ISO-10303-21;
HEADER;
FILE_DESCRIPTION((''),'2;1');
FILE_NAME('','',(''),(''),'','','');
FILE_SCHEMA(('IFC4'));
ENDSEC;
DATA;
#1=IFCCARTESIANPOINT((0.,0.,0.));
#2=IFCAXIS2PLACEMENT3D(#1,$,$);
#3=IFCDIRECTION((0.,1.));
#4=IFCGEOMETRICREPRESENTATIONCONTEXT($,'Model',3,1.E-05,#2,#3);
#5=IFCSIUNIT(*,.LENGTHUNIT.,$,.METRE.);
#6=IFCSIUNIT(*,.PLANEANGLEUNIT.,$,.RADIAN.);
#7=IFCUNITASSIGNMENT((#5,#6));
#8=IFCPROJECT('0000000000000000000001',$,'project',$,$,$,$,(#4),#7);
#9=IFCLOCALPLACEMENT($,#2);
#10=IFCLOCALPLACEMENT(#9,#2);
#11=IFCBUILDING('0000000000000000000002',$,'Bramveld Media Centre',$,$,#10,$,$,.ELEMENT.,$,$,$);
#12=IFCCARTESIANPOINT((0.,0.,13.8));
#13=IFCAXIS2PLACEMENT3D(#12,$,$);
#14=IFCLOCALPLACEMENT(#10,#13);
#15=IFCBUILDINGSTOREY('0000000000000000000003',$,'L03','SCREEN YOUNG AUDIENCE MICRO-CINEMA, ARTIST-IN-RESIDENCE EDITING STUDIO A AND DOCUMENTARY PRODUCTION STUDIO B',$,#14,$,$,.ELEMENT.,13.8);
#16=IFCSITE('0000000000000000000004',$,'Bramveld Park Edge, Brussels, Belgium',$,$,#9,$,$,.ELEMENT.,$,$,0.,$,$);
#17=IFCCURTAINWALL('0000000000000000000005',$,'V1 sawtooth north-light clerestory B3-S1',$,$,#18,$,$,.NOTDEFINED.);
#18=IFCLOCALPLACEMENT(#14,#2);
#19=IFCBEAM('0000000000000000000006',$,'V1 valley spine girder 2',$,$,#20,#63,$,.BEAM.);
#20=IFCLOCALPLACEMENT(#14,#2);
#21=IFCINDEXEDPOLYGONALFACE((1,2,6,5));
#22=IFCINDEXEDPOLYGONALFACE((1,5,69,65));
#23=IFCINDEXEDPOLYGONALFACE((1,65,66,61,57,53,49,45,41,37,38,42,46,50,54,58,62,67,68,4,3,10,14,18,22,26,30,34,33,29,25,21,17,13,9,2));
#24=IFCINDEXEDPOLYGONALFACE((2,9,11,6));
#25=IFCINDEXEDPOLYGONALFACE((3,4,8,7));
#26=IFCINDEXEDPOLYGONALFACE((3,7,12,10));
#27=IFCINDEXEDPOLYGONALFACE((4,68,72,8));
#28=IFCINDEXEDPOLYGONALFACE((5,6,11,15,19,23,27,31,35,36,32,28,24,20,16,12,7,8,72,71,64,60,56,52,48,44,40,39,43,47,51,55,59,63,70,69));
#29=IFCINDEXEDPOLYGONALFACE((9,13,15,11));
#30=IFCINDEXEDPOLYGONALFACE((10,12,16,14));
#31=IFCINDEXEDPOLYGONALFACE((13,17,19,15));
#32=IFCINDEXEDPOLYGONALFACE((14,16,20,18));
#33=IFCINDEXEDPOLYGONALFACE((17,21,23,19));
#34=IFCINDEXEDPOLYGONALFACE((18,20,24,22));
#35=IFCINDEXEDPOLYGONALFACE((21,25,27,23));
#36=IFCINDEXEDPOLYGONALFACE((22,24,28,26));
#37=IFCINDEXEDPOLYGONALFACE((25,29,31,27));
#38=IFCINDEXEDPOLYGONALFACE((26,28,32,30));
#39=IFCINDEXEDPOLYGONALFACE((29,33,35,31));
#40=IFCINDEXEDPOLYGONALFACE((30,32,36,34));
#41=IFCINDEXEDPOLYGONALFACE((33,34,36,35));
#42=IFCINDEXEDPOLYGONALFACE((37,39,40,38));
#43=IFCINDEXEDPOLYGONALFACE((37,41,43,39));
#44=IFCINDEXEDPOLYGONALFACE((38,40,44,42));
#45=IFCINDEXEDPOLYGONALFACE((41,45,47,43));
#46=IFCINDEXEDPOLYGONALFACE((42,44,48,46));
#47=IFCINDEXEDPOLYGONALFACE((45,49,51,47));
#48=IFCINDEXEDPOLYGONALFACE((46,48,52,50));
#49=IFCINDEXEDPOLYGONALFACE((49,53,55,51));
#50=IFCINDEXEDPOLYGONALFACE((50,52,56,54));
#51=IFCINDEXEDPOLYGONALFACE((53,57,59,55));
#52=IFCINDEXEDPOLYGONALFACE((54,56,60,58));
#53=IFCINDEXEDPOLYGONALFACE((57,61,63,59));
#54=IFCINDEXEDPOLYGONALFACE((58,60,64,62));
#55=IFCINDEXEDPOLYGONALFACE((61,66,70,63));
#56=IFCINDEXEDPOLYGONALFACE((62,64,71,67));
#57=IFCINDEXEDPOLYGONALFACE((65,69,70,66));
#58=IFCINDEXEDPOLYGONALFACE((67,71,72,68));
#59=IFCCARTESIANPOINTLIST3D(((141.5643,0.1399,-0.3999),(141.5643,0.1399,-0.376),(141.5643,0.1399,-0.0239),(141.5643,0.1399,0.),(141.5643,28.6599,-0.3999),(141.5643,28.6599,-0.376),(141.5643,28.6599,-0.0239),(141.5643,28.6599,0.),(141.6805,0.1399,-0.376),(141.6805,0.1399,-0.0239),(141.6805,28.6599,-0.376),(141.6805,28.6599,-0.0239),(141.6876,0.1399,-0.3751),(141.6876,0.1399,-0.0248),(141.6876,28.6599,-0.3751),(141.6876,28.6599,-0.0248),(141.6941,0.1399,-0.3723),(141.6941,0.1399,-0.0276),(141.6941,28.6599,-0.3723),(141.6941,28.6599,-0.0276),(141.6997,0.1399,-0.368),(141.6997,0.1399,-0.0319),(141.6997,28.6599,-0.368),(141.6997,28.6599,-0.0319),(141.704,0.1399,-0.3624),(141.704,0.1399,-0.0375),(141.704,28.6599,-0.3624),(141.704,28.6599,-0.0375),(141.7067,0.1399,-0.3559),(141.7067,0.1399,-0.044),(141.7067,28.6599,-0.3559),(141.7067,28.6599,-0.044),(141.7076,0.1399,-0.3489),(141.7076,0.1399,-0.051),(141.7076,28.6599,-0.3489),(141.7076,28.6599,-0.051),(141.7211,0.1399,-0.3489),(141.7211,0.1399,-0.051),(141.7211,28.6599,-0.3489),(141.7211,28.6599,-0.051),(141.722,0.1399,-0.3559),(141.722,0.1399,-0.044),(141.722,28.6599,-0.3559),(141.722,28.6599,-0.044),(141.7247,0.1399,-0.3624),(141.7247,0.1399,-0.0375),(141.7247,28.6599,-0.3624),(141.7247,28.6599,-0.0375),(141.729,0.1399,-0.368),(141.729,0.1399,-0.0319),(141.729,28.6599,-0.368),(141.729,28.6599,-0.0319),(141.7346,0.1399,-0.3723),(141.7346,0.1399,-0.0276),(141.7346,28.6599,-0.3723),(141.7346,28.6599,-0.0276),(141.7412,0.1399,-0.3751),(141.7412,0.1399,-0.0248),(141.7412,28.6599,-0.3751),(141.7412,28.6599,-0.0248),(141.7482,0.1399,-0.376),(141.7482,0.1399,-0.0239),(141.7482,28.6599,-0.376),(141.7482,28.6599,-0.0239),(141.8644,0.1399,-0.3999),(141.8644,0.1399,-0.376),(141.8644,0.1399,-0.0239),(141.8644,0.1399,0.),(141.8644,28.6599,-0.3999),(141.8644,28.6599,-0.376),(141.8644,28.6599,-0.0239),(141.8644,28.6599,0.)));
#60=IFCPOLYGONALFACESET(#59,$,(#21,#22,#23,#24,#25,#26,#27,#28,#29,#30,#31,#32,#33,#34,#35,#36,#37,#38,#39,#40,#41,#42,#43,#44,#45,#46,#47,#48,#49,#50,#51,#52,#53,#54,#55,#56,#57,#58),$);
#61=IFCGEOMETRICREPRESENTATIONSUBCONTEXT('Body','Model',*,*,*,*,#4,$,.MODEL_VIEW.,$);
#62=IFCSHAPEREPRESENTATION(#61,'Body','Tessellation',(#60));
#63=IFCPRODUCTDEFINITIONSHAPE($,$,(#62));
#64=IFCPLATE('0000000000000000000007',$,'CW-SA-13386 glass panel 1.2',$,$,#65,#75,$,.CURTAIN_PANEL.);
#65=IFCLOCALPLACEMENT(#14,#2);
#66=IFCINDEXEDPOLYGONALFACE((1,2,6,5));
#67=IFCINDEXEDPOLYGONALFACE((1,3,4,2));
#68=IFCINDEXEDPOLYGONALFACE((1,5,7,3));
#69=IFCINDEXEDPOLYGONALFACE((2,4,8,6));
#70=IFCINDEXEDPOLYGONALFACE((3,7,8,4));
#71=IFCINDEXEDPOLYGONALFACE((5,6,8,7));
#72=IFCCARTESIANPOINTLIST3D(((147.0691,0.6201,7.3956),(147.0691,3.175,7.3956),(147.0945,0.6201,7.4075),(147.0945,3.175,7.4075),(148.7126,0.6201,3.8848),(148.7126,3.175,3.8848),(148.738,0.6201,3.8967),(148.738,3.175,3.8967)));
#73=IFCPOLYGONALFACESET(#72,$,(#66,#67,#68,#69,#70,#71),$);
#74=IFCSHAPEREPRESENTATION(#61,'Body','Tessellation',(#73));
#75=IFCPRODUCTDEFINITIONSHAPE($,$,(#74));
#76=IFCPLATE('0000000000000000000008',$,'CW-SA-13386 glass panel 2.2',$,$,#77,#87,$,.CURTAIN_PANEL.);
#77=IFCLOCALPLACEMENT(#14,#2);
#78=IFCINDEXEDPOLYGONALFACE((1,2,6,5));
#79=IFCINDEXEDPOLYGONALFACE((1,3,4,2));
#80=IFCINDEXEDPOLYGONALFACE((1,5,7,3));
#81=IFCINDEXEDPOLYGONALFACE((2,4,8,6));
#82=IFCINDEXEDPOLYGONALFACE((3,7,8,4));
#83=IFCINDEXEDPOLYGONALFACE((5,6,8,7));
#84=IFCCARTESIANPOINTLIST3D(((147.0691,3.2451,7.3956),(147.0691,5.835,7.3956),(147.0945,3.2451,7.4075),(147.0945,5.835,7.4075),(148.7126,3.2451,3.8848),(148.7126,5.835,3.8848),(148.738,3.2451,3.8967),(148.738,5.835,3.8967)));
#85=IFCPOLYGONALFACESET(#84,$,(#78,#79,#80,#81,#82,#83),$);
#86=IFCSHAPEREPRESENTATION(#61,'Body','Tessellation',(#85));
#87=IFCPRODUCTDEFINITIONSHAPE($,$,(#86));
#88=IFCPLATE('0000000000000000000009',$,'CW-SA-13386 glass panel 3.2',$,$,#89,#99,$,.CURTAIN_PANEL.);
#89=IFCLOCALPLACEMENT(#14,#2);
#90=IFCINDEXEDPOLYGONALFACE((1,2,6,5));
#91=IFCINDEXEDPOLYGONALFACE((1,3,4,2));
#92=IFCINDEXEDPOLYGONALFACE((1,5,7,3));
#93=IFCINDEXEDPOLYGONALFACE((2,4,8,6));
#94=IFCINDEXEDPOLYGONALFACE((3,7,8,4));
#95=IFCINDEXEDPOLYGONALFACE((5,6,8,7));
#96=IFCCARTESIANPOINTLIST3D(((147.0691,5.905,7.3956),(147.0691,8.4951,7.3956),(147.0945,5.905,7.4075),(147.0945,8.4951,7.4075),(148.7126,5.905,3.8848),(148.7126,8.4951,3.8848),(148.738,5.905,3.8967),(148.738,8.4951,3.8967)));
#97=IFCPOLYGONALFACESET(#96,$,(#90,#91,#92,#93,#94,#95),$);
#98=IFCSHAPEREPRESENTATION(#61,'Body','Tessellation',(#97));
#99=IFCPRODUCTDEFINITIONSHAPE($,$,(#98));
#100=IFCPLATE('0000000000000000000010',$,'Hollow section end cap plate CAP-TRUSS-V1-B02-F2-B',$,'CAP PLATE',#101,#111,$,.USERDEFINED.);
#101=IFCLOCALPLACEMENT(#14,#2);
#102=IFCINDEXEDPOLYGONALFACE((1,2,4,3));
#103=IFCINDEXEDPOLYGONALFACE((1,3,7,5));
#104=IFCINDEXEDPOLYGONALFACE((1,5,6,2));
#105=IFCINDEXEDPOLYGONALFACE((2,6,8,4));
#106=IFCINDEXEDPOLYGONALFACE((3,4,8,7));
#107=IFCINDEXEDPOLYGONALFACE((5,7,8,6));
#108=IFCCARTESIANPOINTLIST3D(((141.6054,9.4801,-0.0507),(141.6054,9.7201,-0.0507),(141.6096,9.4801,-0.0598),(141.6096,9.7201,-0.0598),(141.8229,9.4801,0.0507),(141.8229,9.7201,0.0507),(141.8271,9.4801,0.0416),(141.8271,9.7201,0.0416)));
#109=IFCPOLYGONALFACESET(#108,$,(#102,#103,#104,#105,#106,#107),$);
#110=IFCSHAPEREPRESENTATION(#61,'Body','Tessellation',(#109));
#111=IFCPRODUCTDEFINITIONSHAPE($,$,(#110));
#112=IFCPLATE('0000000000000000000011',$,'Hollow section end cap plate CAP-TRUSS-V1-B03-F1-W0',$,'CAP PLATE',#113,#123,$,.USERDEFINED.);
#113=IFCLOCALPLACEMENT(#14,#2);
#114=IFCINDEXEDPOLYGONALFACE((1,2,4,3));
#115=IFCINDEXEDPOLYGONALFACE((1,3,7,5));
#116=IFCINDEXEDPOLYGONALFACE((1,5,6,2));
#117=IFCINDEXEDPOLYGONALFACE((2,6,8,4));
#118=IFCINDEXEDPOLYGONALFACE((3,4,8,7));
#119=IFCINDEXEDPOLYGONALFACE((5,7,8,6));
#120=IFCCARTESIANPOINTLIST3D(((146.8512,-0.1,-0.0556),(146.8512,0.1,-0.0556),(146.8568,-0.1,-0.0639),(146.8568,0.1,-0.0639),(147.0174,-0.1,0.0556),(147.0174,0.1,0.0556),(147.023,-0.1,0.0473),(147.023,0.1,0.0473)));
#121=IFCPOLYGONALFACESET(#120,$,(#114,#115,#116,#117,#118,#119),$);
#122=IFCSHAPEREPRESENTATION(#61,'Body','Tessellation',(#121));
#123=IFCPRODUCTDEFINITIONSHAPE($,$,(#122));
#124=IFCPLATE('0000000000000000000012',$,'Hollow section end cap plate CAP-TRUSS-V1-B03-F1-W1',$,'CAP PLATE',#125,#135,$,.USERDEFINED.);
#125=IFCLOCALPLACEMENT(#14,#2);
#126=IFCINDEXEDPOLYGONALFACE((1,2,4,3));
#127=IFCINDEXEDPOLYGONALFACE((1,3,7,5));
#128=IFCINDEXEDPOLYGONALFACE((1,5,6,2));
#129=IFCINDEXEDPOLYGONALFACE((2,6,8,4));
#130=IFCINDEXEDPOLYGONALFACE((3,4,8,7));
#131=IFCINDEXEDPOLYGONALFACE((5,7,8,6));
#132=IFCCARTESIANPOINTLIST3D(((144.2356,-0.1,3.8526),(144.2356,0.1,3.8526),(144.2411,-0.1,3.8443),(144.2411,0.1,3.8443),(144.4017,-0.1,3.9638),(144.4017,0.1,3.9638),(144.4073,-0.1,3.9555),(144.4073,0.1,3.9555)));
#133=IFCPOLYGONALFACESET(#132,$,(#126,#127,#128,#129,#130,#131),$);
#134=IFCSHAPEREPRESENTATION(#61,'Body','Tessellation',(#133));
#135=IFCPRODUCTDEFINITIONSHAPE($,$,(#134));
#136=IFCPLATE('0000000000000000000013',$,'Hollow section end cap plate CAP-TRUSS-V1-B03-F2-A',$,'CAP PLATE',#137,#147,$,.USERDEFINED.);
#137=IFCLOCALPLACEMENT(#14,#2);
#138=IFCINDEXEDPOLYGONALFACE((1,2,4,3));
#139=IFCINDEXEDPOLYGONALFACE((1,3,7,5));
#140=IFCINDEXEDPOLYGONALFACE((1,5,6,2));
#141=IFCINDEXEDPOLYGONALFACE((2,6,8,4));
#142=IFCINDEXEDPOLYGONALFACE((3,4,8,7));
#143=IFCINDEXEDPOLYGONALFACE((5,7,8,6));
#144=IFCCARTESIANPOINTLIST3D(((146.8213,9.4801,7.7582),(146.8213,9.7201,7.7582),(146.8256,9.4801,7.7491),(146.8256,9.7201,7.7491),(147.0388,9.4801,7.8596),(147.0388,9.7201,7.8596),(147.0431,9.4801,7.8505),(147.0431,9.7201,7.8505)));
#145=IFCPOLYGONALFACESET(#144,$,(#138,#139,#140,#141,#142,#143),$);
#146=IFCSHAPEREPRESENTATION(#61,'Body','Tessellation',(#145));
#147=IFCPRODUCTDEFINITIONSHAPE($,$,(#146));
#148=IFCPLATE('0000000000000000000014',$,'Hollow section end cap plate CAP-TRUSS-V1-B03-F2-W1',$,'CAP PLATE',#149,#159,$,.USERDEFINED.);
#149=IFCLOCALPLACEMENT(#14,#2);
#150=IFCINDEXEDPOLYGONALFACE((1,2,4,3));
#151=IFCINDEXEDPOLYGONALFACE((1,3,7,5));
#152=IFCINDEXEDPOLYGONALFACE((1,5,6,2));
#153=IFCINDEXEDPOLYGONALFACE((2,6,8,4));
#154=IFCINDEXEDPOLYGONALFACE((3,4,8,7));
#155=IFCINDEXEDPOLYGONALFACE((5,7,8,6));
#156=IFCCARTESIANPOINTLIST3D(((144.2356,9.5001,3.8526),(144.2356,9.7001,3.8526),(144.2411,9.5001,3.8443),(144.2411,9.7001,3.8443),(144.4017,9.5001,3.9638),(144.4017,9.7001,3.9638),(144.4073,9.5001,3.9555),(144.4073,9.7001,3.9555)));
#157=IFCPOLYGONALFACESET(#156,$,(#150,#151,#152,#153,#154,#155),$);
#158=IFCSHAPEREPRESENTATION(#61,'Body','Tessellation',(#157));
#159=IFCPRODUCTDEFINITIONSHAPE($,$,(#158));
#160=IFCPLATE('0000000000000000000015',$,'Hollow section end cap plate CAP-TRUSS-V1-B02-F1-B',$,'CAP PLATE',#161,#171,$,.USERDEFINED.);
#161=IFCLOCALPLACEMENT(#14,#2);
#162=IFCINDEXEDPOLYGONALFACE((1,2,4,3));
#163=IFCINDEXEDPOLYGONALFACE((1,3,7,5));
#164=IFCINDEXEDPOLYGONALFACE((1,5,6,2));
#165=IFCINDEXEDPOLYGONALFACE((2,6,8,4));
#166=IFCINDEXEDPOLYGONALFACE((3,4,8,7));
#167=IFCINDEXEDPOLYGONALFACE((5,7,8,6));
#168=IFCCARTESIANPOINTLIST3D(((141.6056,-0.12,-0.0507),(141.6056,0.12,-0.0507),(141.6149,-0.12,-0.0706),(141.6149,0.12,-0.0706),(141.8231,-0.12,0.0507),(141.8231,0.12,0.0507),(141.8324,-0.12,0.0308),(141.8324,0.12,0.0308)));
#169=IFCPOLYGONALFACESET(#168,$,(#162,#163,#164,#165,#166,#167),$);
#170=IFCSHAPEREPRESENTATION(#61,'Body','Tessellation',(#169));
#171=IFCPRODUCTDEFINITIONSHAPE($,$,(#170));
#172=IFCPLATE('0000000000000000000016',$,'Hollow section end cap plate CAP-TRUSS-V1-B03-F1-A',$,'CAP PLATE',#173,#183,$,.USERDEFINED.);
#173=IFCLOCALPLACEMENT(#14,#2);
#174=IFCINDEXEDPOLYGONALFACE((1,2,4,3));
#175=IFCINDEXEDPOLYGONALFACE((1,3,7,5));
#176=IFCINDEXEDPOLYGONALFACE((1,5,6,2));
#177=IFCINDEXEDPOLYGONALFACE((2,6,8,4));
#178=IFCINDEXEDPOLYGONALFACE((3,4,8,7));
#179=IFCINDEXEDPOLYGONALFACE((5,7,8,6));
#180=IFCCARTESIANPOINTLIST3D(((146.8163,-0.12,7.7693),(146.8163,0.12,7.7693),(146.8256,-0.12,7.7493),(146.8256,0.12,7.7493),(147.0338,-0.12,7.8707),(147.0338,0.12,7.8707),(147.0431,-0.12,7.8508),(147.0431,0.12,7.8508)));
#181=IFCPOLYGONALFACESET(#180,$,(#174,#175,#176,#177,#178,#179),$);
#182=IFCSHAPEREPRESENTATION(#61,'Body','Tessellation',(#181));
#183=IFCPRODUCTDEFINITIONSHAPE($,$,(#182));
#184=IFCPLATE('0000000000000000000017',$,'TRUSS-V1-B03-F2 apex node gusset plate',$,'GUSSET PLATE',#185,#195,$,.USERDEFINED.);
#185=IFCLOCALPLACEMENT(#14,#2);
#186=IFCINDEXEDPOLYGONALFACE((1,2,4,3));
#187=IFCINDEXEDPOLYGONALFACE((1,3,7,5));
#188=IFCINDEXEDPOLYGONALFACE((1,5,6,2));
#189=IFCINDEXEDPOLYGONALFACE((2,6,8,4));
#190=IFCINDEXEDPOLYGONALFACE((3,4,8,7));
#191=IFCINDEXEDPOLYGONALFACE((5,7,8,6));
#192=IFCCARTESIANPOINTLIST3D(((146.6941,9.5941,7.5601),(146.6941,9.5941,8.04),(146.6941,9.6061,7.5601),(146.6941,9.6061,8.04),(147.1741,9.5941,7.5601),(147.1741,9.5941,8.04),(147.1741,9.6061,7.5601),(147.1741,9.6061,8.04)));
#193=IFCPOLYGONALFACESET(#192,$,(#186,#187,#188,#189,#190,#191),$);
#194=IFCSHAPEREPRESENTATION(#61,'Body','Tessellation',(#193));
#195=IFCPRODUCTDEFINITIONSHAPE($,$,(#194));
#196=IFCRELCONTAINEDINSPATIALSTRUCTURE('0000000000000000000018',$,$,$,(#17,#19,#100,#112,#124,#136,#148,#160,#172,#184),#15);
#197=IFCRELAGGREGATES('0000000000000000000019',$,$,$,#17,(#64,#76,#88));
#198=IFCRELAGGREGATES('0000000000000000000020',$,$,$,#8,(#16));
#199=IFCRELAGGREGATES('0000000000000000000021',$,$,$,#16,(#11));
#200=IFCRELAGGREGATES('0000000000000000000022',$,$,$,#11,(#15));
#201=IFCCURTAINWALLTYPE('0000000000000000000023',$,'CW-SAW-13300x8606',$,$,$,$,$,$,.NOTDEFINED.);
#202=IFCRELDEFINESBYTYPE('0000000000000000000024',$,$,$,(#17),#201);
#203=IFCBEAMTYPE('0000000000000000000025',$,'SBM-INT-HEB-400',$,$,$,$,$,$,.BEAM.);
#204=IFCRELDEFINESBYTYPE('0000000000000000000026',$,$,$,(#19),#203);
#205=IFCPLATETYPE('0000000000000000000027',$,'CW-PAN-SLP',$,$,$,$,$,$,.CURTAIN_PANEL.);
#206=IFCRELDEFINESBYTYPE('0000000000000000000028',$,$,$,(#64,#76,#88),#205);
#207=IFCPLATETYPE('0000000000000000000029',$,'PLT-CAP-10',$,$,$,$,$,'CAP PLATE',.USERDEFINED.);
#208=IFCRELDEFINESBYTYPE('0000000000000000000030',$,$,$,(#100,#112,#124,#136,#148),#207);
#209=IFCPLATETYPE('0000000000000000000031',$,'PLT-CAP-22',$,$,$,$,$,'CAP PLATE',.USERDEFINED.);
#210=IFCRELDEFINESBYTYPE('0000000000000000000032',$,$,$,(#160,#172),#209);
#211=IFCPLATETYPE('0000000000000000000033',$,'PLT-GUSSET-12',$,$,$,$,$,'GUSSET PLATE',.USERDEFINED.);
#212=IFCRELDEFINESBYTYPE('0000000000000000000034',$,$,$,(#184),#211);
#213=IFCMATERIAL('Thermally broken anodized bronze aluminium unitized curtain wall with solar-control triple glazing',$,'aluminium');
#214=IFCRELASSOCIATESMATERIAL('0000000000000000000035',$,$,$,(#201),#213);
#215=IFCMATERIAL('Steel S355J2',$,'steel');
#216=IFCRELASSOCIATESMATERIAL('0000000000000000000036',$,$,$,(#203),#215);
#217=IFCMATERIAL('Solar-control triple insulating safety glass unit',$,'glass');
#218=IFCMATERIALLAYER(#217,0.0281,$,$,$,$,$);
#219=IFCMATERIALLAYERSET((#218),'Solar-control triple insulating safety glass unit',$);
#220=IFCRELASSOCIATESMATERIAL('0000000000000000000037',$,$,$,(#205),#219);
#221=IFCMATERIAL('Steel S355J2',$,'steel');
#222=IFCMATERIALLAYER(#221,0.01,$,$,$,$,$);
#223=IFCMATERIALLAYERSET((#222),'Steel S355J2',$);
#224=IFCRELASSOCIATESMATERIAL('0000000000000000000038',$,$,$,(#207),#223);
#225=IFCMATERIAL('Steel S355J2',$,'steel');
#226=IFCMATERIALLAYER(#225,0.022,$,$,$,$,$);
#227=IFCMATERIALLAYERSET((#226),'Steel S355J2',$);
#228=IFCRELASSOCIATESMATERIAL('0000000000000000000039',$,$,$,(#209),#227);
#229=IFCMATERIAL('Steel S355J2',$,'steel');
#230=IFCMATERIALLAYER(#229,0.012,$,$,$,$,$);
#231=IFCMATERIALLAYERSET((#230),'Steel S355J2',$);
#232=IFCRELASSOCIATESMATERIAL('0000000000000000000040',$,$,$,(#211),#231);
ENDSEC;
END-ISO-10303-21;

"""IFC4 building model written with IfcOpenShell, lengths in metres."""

from ifc_helpers import new_model, si_unit, direction, frame, origin, origin_2d, place, context, subcontext, project, spatial, polyline, rectangle, i_section, outline, extrude, material, layer, layer_set, material_profile, profile_set, type_object, element, aggregate, save


model = new_model("IFC4")

# Units and contexts
model_context = context("Model", 3, precision=1e-05, world=origin(), true_north=direction((0.0, 1.0)))
body_context = subcontext(model_context, "Body", "Model", "MODEL_VIEW")
ifc_project = project(units=[si_unit("LENGTHUNIT", "METRE"), si_unit("PLANEANGLEUNIT", "RADIAN")], contexts=[model_context])

# Site, building, storey
site_placement = place(None, origin())
site = spatial("IfcSite", under=ifc_project, at=site_placement, Name="Bramveld Park Edge, Brussels, Belgium", CompositionType="ELEMENT", RefElevation=0.0)
building_placement = place(site_placement, origin())
building = spatial("IfcBuilding", under=site, at=building_placement, Name="Bramveld Media Centre", CompositionType="ELEMENT")
storey_placement = place(building_placement, frame((0.0, 0.0, 13.8)))
storey = spatial("IfcBuildingStorey", under=building, at=storey_placement, Name="L03", Description="SCREEN YOUNG AUDIENCE MICRO-CINEMA, ARTIST-IN-RESIDENCE EDITING STUDIO A AND DOCUMENTARY PRODUCTION STUDIO B", CompositionType="ELEMENT", Elevation=13.8)

# Curtain wall
ifc_material_1 = material(Name="Thermally broken anodized bronze aluminium unitized curtain wall with solar-control triple glazing", Category="aluminium")
curtain_wall_type = type_object("IfcCurtainWallType", Name="CW-SAW-13300x8606", PredefinedType="NOTDEFINED", material=ifc_material_1)
curtain_wall_1_placement = place(storey_placement, origin())
curtain_wall_1 = element("IfcCurtainWall", 1, at=curtain_wall_1_placement, inside=storey, type_object=curtain_wall_type, Name="V1 sawtooth north-light clerestory B3-S1", PredefinedType="NOTDEFINED")

# Beam
ifc_material_2 = material(Name="Steel S355J2", Category="steel")
ifc_material_profile_1 = material_profile(ifc_material_2, i_section(OverallWidth=0.3, OverallDepth=0.3999, WebThickness=0.0134, FlangeThickness=0.0239, FilletRadius=0.0271, at=origin_2d()), Name="HEB 400")
ifc_profile_set_1 = profile_set([ifc_material_profile_1], Name="Steel S355J2")
beam_type_1 = type_object("IfcBeamType", Name="SBM-INT-HEB-400", PredefinedType="BEAM", material=ifc_profile_set_1)
beam_1_placement = place(storey_placement, frame((141.7144, 0.1399, -0.2), z_axis=(0.0, 1.0, 0.0), x_axis=(-1.0, 0.0, 0.0)))
element("IfcBeam", 2, at=beam_1_placement, inside=storey, type_object=beam_type_1, Name="V1 valley spine girder 2", PredefinedType="BEAM", context=body_context, shape_type="SweptSolid", body=[
    extrude(i_section(OverallWidth=0.3, OverallDepth=0.3999, WebThickness=0.0134, FlangeThickness=0.0239, FilletRadius=0.0271, at=origin_2d()), origin(), (0.0, 0.0, 1.0), 28.52),
])

# Plates
ifc_material_3 = material(Name="Solar-control triple insulating safety glass unit", Category="glass")
ifc_layer_1 = layer(ifc_material_3, 0.0281)
ifc_layer_set_1 = layer_set([ifc_layer_1], Name="Solar-control triple insulating safety glass unit")
plate_type_1 = type_object("IfcPlateType", Name="CW-PAN-SLP", PredefinedType="CURTAIN_PANEL", material=ifc_layer_set_1)
plate_1_placement = place(storey_placement, frame((148.738, 0.6201, 3.8967), z_axis=(0.905668, 0.0, 0.423988), x_axis=(0.0, 1.0, 0.0)))
plate_1 = element("IfcPlate", 3, at=plate_1_placement, type_object=plate_type_1, Name="CW-SA-13386 glass panel 1.2", PredefinedType="CURTAIN_PANEL", context=body_context, shape_type="SweptSolid", body=[
    extrude(outline(polyline([(0.0, 0.0), (2.5549, 0.0), (2.5549, 3.8764), (0.0, 3.8764), (0.0, 0.0)])), origin(), (0.0, 0.0, -1.0), 0.0281),
])
plate_2_placement = place(storey_placement, frame((148.738, 3.2451, 3.8967), z_axis=(0.905668, 0.0, 0.423988), x_axis=(0.0, 1.0, 0.0)))
plate_2 = element("IfcPlate", 4, at=plate_2_placement, type_object=plate_type_1, Name="CW-SA-13386 glass panel 2.2", PredefinedType="CURTAIN_PANEL", context=body_context, shape_type="SweptSolid", body=[
    extrude(outline(polyline([(0.0, 0.0), (2.5898, 0.0), (2.5898, 3.8764), (0.0, 3.8764), (0.0, 0.0)])), origin(), (0.0, 0.0, -1.0), 0.0281),
])
plate_3_placement = place(storey_placement, frame((148.738, 5.905, 3.8967), z_axis=(0.905668, 0.0, 0.423988), x_axis=(0.0, 1.0, 0.0)))
plate_3 = element("IfcPlate", 5, at=plate_3_placement, type_object=plate_type_1, Name="CW-SA-13386 glass panel 3.2", PredefinedType="CURTAIN_PANEL", context=body_context, shape_type="SweptSolid", body=[
    extrude(outline(polyline([(0.0, 0.0), (2.5901, 0.0), (2.5901, 3.8764), (0.0, 3.8764), (0.0, 0.0)])), origin(), (0.0, 0.0, -1.0), 0.0281),
])
aggregate(curtain_wall_1, [plate_1, plate_2, plate_3])

# Plates
ifc_material_4 = material(Name="Steel S355J2", Category="steel")
ifc_layer_2 = layer(ifc_material_4, 0.01)
ifc_layer_set_2 = layer_set([ifc_layer_2], Name="Steel S355J2")
plate_type_2 = type_object("IfcPlateType", Name="PLT-CAP-10", ElementType="CAP PLATE", PredefinedType="USERDEFINED", material=ifc_layer_set_2)
plate_4_placement = place(storey_placement, frame((141.7141, 9.6001, 0.0), z_axis=(0.422628, 0.0, -0.906303), x_axis=(0.0, 1.0, 0.0)))
element("IfcPlate", 6, at=plate_4_placement, inside=storey, type_object=plate_type_2, Name="Hollow section end cap plate CAP-TRUSS-V1-B02-F2-B", ObjectType="CAP PLATE", PredefinedType="USERDEFINED", context=body_context, shape_type="SweptSolid", body=[
    extrude(rectangle(XDim=0.24, YDim=0.24, at=origin_2d()), origin(), (0.0, 0.0, 1.0), 0.01),
])
for number, where, z_axis, x_axis, name in (
    (7, (146.9343, 0.0, 0.0), (0.55616, 0.0, -0.831075), (0.0, 1.0, 0.0), "Hollow section end cap plate CAP-TRUSS-V1-B03-F1-W0"),
    (8, (144.3242, 0.0, 3.8999), (-0.55616, 0.0, 0.831075), (0.0, -1.0, 0.0), "Hollow section end cap plate CAP-TRUSS-V1-B03-F1-W1"),
):
    element("IfcPlate", number, at=place(storey_placement, frame(where, z_axis=z_axis, x_axis=x_axis)), inside=storey, type_object=plate_type_2, Name=name, ObjectType="CAP PLATE", PredefinedType="USERDEFINED", context=body_context, shape_type="SweptSolid", body=[
        extrude(rectangle(XDim=0.2, YDim=0.2, at=origin_2d()), origin(), (0.0, 0.0, 1.0), 0.01),
    ])
plate_5_placement = place(storey_placement, frame((146.9343, 9.6001, 7.7998), z_axis=(-0.422618, 0.0, 0.906308), x_axis=(0.0, -1.0, 0.0)))
element("IfcPlate", 9, at=plate_5_placement, inside=storey, type_object=plate_type_2, Name="Hollow section end cap plate CAP-TRUSS-V1-B03-F2-A", ObjectType="CAP PLATE", PredefinedType="USERDEFINED", context=body_context, shape_type="SweptSolid", body=[
    extrude(rectangle(XDim=0.24, YDim=0.24, at=origin_2d()), origin(), (0.0, 0.0, 1.0), 0.01),
])
plate_6_placement = place(storey_placement, frame((144.3242, 9.6001, 3.8999), z_axis=(-0.55616, 0.0, 0.831075), x_axis=(0.0, -1.0, 0.0)))
element("IfcPlate", 10, at=plate_6_placement, inside=storey, type_object=plate_type_2, Name="Hollow section end cap plate CAP-TRUSS-V1-B03-F2-W1", ObjectType="CAP PLATE", PredefinedType="USERDEFINED", context=body_context, shape_type="SweptSolid", body=[
    extrude(rectangle(XDim=0.2, YDim=0.2, at=origin_2d()), origin(), (0.0, 0.0, 1.0), 0.01),
])
ifc_material_5 = material(Name="Steel S355J2", Category="steel")
ifc_layer_3 = layer(ifc_material_5, 0.022)
ifc_layer_set_3 = layer_set([ifc_layer_3], Name="Steel S355J2")
plate_type_3 = type_object("IfcPlateType", Name="PLT-CAP-22", ElementType="CAP PLATE", PredefinedType="USERDEFINED", material=ifc_layer_set_3)
for number, where, z_axis, x_axis, name in (
    (11, (141.7144, 0.0, 0.0), (0.422628, 0.0, -0.906303), (0.0, 1.0, 0.0), "Hollow section end cap plate CAP-TRUSS-V1-B02-F1-B"),
    (12, (146.9343, 0.0, 7.8), (-0.422618, 0.0, 0.906308), (0.0, -1.0, 0.0), "Hollow section end cap plate CAP-TRUSS-V1-B03-F1-A"),
):
    element("IfcPlate", number, at=place(storey_placement, frame(where, z_axis=z_axis, x_axis=x_axis)), inside=storey, type_object=plate_type_3, Name=name, ObjectType="CAP PLATE", PredefinedType="USERDEFINED", context=body_context, shape_type="SweptSolid", body=[
        extrude(rectangle(XDim=0.24, YDim=0.24, at=origin_2d()), origin(), (0.0, 0.0, 1.0), 0.022),
    ])
ifc_material_6 = material(Name="Steel S355J2", Category="steel")
ifc_layer_4 = layer(ifc_material_6, 0.012)
ifc_layer_set_4 = layer_set([ifc_layer_4], Name="Steel S355J2")
plate_type_4 = type_object("IfcPlateType", Name="PLT-GUSSET-12", ElementType="GUSSET PLATE", PredefinedType="USERDEFINED", material=ifc_layer_set_4)
plate_7_placement = place(storey_placement, frame((146.9341, 9.6001, 7.5601), z_axis=(0.0, 0.0, 1.0), x_axis=(1.0, 0.0, 0.0)))
element("IfcPlate", 13, at=plate_7_placement, inside=storey, type_object=plate_type_4, Name="TRUSS-V1-B03-F2 apex node gusset plate", ObjectType="GUSSET PLATE", PredefinedType="USERDEFINED", context=body_context, shape_type="SweptSolid", body=[
    extrude(rectangle(XDim=0.48, YDim=0.012, at=origin_2d()), origin(), (0.0, 0.0, 1.0), 0.48),
])

save(model, "model.ifc")
